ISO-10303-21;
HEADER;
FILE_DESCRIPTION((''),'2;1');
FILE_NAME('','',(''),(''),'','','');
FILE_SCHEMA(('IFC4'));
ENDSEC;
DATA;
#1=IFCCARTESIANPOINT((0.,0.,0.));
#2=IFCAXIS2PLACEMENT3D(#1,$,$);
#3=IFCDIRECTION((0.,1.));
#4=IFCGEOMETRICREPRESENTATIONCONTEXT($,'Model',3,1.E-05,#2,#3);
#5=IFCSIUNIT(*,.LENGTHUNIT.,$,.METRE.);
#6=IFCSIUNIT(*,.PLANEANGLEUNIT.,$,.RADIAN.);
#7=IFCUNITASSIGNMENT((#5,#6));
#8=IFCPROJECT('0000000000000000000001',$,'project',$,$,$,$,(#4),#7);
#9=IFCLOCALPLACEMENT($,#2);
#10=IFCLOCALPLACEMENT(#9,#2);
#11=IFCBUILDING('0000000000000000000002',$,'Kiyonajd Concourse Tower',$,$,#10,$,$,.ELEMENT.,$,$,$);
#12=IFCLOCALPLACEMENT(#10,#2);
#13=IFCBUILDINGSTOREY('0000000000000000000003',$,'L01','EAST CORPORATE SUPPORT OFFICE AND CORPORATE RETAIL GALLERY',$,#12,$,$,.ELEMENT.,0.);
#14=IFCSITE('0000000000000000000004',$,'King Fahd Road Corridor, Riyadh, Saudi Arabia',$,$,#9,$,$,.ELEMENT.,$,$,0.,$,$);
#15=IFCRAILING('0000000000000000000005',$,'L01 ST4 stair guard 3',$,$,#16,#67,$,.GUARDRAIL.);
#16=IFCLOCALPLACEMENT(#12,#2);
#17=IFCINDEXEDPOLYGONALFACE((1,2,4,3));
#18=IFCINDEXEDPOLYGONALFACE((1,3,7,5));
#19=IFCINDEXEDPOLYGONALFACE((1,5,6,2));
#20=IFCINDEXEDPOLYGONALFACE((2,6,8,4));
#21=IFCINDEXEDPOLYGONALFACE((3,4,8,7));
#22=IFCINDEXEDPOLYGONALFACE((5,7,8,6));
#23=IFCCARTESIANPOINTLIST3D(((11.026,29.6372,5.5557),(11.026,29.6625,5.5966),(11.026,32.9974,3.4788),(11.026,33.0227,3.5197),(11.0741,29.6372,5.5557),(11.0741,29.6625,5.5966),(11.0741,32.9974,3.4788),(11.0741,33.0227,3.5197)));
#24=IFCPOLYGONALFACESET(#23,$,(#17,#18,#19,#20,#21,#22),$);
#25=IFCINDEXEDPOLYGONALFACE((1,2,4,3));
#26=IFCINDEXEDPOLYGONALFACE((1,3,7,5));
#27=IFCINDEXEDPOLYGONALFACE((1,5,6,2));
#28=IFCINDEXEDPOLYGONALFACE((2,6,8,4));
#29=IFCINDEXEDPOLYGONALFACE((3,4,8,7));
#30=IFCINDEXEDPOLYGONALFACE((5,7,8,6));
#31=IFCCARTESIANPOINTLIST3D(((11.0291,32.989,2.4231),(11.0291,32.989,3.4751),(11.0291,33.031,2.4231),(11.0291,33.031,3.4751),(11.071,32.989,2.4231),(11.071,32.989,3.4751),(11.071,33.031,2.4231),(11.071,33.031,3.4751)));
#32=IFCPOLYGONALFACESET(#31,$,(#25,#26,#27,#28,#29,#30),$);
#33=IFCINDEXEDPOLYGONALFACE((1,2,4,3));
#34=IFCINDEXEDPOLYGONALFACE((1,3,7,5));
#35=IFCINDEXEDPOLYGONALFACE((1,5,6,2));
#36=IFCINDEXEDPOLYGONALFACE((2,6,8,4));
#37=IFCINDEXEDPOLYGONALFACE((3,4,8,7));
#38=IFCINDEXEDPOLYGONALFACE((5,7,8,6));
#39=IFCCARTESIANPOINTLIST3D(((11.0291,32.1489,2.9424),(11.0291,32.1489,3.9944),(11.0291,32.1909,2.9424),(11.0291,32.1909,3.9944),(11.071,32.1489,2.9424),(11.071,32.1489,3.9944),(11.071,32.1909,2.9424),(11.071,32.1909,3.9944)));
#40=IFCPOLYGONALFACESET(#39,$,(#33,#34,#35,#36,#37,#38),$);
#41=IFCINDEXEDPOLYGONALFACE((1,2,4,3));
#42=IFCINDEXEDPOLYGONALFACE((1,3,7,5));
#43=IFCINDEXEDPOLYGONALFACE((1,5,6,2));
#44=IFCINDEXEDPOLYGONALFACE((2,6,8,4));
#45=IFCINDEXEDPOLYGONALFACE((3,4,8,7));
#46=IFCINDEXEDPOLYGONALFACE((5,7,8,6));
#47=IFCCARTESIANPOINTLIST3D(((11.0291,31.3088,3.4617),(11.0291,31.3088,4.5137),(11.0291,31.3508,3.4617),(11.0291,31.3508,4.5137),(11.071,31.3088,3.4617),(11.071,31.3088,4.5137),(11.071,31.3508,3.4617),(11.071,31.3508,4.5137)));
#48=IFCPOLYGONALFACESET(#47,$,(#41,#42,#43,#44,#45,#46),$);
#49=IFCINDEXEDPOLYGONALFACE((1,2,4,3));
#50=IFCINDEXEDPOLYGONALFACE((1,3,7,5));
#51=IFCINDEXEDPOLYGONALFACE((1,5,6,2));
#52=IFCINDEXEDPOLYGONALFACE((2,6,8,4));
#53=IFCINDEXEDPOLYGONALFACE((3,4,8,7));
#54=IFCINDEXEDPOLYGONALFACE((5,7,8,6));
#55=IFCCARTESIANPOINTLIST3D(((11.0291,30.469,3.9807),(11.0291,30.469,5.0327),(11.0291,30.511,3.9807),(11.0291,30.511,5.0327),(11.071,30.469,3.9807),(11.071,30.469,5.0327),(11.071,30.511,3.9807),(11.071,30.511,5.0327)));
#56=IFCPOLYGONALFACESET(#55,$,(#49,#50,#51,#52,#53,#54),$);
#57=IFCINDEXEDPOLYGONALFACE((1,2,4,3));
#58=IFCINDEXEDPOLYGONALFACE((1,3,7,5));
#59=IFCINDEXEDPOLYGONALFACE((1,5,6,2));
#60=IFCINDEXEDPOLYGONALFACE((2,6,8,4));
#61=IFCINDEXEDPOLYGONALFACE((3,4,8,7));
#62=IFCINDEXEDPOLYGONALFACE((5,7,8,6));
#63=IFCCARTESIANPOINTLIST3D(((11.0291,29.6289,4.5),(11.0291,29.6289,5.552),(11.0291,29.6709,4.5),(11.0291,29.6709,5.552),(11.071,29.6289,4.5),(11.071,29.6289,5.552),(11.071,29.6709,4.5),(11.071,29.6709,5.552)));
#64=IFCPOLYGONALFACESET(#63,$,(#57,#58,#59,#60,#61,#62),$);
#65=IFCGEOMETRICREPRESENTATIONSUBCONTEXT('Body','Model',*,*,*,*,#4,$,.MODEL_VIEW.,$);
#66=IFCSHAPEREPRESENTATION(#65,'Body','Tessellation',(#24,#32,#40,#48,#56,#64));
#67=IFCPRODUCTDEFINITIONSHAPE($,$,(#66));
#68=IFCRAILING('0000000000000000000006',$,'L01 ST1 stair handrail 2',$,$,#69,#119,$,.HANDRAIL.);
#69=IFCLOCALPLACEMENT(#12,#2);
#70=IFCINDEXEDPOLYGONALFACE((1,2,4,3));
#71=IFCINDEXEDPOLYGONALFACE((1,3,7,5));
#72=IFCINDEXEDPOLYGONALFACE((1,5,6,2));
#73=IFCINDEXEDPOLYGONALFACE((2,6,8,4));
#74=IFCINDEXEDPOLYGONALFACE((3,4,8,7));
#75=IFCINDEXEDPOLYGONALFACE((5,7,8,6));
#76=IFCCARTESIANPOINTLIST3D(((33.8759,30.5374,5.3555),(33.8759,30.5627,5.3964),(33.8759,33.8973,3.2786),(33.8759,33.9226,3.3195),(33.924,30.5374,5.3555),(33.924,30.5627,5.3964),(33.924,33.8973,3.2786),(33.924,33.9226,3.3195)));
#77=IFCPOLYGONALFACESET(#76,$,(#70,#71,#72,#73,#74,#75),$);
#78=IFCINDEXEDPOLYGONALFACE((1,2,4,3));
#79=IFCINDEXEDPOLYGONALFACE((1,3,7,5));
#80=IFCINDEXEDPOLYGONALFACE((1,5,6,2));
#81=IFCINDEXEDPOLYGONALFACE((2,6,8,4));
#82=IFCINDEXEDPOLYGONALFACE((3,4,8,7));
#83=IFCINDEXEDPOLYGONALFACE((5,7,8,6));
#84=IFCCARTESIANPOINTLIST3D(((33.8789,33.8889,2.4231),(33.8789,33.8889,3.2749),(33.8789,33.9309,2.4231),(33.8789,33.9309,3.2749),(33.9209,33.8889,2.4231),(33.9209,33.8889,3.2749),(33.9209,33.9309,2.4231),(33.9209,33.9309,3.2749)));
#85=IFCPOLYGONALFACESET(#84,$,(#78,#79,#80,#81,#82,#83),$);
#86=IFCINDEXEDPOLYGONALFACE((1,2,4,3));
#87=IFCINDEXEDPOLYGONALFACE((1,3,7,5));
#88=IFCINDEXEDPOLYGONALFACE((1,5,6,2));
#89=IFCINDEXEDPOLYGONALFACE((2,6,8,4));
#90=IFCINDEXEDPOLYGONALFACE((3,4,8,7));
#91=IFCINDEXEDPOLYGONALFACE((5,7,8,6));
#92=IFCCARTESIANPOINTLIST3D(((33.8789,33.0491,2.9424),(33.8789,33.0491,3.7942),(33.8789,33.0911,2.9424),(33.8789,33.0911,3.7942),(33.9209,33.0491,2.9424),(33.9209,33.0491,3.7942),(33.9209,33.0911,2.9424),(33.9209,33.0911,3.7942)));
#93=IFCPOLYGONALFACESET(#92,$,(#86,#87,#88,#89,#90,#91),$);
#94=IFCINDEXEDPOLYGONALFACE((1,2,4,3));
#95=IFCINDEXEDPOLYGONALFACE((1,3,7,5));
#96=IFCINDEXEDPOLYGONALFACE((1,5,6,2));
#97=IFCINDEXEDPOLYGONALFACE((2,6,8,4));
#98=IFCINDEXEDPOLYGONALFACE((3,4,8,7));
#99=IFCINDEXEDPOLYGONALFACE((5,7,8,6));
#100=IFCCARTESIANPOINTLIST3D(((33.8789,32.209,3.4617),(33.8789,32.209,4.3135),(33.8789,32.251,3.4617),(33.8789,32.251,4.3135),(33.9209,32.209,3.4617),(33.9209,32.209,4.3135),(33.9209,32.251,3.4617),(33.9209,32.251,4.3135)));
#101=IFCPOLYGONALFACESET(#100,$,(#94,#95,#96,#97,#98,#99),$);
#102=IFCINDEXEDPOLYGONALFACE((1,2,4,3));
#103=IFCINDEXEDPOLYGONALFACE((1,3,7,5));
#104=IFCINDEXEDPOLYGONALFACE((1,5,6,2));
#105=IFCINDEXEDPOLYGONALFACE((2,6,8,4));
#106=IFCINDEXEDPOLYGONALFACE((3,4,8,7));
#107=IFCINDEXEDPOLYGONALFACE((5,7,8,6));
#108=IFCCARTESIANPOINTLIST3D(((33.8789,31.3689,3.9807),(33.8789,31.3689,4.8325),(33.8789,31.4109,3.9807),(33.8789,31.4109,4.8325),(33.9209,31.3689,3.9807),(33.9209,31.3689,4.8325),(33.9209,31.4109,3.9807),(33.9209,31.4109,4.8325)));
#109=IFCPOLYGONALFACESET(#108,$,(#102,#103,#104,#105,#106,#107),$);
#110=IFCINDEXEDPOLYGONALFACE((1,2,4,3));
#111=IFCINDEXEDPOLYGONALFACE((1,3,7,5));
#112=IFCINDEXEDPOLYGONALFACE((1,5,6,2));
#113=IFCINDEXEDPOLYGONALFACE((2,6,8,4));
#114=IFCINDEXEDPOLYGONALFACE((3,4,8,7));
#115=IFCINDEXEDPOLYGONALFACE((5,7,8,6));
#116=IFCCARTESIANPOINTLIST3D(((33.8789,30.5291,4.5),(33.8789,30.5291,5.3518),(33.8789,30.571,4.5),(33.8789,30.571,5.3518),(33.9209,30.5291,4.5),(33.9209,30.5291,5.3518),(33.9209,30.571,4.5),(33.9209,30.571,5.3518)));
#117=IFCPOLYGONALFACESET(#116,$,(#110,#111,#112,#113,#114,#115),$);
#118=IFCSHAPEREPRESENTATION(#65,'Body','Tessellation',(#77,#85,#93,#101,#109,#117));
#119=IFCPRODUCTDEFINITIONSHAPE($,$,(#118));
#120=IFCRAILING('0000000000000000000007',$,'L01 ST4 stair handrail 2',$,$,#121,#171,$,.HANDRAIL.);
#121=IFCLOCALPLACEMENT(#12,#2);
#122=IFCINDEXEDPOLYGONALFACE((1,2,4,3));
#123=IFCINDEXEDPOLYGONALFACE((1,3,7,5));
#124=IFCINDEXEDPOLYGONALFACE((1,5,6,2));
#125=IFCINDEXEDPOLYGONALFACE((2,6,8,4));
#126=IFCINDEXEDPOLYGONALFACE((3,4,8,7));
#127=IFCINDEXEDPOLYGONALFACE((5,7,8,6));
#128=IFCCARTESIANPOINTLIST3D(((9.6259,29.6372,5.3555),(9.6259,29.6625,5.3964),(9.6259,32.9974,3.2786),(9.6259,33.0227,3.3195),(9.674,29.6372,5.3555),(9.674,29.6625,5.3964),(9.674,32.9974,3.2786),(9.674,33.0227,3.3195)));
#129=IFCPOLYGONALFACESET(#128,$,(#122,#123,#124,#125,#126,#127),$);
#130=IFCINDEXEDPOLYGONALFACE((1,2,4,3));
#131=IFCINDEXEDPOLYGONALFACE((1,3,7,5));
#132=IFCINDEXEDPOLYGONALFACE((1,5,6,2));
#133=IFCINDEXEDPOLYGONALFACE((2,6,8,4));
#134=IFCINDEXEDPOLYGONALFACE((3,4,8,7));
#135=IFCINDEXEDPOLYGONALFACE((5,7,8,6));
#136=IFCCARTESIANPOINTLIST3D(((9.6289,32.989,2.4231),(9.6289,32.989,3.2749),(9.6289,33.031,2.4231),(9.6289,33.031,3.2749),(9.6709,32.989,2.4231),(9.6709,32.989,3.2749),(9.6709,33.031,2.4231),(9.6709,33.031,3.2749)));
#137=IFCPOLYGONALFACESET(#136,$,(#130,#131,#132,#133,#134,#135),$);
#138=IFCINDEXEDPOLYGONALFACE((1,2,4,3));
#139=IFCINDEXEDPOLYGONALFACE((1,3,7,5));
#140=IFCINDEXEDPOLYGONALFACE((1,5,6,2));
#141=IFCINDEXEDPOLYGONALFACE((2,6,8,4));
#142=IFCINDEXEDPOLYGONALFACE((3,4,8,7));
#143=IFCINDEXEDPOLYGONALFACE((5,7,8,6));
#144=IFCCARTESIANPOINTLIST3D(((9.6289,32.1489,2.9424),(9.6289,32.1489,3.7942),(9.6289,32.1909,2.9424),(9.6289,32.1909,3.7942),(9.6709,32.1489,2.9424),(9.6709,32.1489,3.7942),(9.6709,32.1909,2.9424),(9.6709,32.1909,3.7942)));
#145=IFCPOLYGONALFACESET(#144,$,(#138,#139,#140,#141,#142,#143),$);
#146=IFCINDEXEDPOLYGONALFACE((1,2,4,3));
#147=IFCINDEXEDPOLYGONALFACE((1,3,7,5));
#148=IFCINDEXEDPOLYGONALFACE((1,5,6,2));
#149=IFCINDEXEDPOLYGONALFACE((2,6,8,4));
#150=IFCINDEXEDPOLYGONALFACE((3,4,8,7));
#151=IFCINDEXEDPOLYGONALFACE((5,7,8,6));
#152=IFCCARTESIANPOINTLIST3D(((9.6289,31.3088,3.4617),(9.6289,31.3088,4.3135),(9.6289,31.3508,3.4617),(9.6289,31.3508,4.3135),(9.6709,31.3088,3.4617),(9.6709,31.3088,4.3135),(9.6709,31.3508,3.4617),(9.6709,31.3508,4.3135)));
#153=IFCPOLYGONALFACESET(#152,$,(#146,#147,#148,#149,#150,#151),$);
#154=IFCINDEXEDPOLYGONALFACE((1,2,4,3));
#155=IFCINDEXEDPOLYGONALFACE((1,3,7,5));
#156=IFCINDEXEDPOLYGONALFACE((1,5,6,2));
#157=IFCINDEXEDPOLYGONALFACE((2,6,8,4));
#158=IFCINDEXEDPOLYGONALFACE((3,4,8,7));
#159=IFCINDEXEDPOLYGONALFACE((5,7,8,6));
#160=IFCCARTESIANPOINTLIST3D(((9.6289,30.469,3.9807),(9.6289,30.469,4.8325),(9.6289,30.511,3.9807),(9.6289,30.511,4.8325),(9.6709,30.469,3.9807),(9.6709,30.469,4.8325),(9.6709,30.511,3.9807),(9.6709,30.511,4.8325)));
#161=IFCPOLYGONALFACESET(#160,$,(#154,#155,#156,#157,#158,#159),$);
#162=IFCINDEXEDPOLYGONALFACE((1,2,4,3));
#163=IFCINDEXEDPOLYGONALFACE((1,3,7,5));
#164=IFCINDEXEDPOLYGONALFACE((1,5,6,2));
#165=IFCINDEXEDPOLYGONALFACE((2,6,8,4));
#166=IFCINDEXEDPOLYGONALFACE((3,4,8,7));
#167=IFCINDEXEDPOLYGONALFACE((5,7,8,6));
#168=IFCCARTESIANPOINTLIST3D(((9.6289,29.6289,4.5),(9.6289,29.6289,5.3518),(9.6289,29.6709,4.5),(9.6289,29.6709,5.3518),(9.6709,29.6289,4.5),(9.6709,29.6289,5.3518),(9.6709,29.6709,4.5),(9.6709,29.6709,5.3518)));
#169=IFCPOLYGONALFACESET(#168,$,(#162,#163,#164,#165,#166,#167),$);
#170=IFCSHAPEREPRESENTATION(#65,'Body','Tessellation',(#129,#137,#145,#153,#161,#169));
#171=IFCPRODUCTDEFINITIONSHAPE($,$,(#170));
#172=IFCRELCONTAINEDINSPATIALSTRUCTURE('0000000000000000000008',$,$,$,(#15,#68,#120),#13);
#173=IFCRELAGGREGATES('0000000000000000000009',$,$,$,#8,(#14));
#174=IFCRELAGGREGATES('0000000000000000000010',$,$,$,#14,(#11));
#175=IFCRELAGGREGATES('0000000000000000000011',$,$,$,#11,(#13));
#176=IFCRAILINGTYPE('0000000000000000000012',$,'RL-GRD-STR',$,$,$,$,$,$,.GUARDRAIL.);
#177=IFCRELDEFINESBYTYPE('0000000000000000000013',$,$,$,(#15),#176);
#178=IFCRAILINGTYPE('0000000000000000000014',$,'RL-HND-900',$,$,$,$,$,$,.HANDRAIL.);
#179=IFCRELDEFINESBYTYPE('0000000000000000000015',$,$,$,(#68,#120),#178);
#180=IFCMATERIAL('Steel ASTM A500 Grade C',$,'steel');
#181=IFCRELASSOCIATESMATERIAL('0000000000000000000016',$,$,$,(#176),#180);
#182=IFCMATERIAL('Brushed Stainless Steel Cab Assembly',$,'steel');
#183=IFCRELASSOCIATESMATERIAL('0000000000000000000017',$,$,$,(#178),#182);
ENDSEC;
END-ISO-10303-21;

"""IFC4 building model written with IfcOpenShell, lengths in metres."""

from ifc_helpers import new_model, si_unit, direction, frame, origin, origin_2d, place, context, subcontext, project, spatial, rectangle, extrude, material, type_object, element, save


model = new_model("IFC4")

# Units and contexts
model_context = context("Model", 3, precision=1e-05, world=origin(), true_north=direction((0.0, 1.0)))
body_context = subcontext(model_context, "Body", "Model", "MODEL_VIEW")
ifc_project = project(units=[si_unit("LENGTHUNIT", "METRE"), si_unit("PLANEANGLEUNIT", "RADIAN")], contexts=[model_context])

# Site, building, storey
site_placement = place(None, origin())
site = spatial("IfcSite", under=ifc_project, at=site_placement, Name="King Fahd Road Corridor, Riyadh, Saudi Arabia", CompositionType="ELEMENT", RefElevation=0.0)
building_placement = place(site_placement, origin())
building = spatial("IfcBuilding", under=site, at=building_placement, Name="Kiyonajd Concourse Tower", CompositionType="ELEMENT")
storey_placement = place(building_placement, origin())
storey = spatial("IfcBuildingStorey", under=building, at=storey_placement, Name="L01", Description="EAST CORPORATE SUPPORT OFFICE AND CORPORATE RETAIL GALLERY", CompositionType="ELEMENT", Elevation=0.0)

# Railings
ifc_material_1 = material(Name="Steel ASTM A500 Grade C", Category="steel")
railing_type_1 = type_object("IfcRailingType", Name="RL-GRD-STR", PredefinedType="GUARDRAIL", material=ifc_material_1)
railing_1_placement = place(storey_placement, frame((11.05, 33.01, 2.4231)))
element("IfcRailing", 1, at=railing_1_placement, inside=storey, type_object=railing_type_1, Name="L01 ST4 stair guard 3", PredefinedType="GUARDRAIL", context=body_context, shape_type="SweptSolid", body=[
    extrude(rectangle(XDim=0.0481, YDim=0.0481, at=origin_2d()), frame((0.0, 0.0, 1.0762), z_axis=(0.0, -0.850623, 0.525776), x_axis=(1.0, 0.0, 0.0)), (0.0, 0.0, 1.0), 3.9502),
    extrude(rectangle(XDim=0.042, YDim=0.042, at=origin_2d()), origin(), (0.0, 0.0, 1.0), 1.052),
    extrude(rectangle(XDim=0.042, YDim=0.042, at=origin_2d()), frame((0.0, -0.8401, 0.5193)), (0.0, 0.0, 1.0), 1.052),
    extrude(rectangle(XDim=0.042, YDim=0.042, at=origin_2d()), frame((0.0, -1.6802, 1.0386)), (0.0, 0.0, 1.0), 1.052),
    extrude(rectangle(XDim=0.042, YDim=0.042, at=origin_2d()), frame((0.0, -2.52, 1.5576)), (0.0, 0.0, 1.0), 1.052),
    extrude(rectangle(XDim=0.042, YDim=0.042, at=origin_2d()), frame((0.0, -3.3601, 2.0769)), (0.0, 0.0, 1.0), 1.052),
])
ifc_material_2 = material(Name="Brushed Stainless Steel Cab Assembly", Category="steel")
railing_type_2 = type_object("IfcRailingType", Name="RL-HND-900", PredefinedType="HANDRAIL", material=ifc_material_2)
railing_2_placement = place(storey_placement, frame((33.8999, 33.9099, 2.4231)))
element("IfcRailing", 2, at=railing_2_placement, inside=storey, type_object=railing_type_2, Name="L01 ST1 stair handrail 2", PredefinedType="HANDRAIL", context=body_context, shape_type="SweptSolid", body=[
    extrude(rectangle(XDim=0.0481, YDim=0.0481, at=origin_2d()), frame((0.0, 0.0, 0.876), z_axis=(0.0, -0.850606, 0.525803), x_axis=(1.0, 0.0, 0.0)), (0.0, 0.0, 1.0), 3.95),
    extrude(rectangle(XDim=0.042, YDim=0.042, at=origin_2d()), origin(), (0.0, 0.0, 1.0), 0.8518),
    extrude(rectangle(XDim=0.042, YDim=0.042, at=origin_2d()), frame((0.0, -0.8398, 0.5193)), (0.0, 0.0, 1.0), 0.8518),
    extrude(rectangle(XDim=0.042, YDim=0.042, at=origin_2d()), frame((0.0, -1.6799, 1.0386)), (0.0, 0.0, 1.0), 0.8518),
    extrude(rectangle(XDim=0.042, YDim=0.042, at=origin_2d()), frame((0.0, -2.52, 1.5576)), (0.0, 0.0, 1.0), 0.8518),
    extrude(rectangle(XDim=0.042, YDim=0.042, at=origin_2d()), frame((0.0, -3.3599, 2.0769)), (0.0, 0.0, 1.0), 0.8518),
])
railing_3_placement = place(storey_placement, frame((9.6499, 33.01, 2.4231)))
element("IfcRailing", 3, at=railing_3_placement, inside=storey, type_object=railing_type_2, Name="L01 ST4 stair handrail 2", PredefinedType="HANDRAIL", context=body_context, shape_type="SweptSolid", body=[
    extrude(rectangle(XDim=0.0481, YDim=0.0481, at=origin_2d()), frame((0.0, 0.0, 0.876), z_axis=(0.0, -0.850623, 0.525776), x_axis=(1.0, 0.0, 0.0)), (0.0, 0.0, 1.0), 3.9502),
    extrude(rectangle(XDim=0.042, YDim=0.042, at=origin_2d()), origin(), (0.0, 0.0, 1.0), 0.8518),
    extrude(rectangle(XDim=0.042, YDim=0.042, at=origin_2d()), frame((0.0, -0.8401, 0.5193)), (0.0, 0.0, 1.0), 0.8518),
    extrude(rectangle(XDim=0.042, YDim=0.042, at=origin_2d()), frame((0.0, -1.6802, 1.0386)), (0.0, 0.0, 1.0), 0.8518),
    extrude(rectangle(XDim=0.042, YDim=0.042, at=origin_2d()), frame((0.0, -2.52, 1.5576)), (0.0, 0.0, 1.0), 0.8518),
    extrude(rectangle(XDim=0.042, YDim=0.042, at=origin_2d()), frame((0.0, -3.3601, 2.0769)), (0.0, 0.0, 1.0), 0.8518),
])

save(model, "model.ifc")
